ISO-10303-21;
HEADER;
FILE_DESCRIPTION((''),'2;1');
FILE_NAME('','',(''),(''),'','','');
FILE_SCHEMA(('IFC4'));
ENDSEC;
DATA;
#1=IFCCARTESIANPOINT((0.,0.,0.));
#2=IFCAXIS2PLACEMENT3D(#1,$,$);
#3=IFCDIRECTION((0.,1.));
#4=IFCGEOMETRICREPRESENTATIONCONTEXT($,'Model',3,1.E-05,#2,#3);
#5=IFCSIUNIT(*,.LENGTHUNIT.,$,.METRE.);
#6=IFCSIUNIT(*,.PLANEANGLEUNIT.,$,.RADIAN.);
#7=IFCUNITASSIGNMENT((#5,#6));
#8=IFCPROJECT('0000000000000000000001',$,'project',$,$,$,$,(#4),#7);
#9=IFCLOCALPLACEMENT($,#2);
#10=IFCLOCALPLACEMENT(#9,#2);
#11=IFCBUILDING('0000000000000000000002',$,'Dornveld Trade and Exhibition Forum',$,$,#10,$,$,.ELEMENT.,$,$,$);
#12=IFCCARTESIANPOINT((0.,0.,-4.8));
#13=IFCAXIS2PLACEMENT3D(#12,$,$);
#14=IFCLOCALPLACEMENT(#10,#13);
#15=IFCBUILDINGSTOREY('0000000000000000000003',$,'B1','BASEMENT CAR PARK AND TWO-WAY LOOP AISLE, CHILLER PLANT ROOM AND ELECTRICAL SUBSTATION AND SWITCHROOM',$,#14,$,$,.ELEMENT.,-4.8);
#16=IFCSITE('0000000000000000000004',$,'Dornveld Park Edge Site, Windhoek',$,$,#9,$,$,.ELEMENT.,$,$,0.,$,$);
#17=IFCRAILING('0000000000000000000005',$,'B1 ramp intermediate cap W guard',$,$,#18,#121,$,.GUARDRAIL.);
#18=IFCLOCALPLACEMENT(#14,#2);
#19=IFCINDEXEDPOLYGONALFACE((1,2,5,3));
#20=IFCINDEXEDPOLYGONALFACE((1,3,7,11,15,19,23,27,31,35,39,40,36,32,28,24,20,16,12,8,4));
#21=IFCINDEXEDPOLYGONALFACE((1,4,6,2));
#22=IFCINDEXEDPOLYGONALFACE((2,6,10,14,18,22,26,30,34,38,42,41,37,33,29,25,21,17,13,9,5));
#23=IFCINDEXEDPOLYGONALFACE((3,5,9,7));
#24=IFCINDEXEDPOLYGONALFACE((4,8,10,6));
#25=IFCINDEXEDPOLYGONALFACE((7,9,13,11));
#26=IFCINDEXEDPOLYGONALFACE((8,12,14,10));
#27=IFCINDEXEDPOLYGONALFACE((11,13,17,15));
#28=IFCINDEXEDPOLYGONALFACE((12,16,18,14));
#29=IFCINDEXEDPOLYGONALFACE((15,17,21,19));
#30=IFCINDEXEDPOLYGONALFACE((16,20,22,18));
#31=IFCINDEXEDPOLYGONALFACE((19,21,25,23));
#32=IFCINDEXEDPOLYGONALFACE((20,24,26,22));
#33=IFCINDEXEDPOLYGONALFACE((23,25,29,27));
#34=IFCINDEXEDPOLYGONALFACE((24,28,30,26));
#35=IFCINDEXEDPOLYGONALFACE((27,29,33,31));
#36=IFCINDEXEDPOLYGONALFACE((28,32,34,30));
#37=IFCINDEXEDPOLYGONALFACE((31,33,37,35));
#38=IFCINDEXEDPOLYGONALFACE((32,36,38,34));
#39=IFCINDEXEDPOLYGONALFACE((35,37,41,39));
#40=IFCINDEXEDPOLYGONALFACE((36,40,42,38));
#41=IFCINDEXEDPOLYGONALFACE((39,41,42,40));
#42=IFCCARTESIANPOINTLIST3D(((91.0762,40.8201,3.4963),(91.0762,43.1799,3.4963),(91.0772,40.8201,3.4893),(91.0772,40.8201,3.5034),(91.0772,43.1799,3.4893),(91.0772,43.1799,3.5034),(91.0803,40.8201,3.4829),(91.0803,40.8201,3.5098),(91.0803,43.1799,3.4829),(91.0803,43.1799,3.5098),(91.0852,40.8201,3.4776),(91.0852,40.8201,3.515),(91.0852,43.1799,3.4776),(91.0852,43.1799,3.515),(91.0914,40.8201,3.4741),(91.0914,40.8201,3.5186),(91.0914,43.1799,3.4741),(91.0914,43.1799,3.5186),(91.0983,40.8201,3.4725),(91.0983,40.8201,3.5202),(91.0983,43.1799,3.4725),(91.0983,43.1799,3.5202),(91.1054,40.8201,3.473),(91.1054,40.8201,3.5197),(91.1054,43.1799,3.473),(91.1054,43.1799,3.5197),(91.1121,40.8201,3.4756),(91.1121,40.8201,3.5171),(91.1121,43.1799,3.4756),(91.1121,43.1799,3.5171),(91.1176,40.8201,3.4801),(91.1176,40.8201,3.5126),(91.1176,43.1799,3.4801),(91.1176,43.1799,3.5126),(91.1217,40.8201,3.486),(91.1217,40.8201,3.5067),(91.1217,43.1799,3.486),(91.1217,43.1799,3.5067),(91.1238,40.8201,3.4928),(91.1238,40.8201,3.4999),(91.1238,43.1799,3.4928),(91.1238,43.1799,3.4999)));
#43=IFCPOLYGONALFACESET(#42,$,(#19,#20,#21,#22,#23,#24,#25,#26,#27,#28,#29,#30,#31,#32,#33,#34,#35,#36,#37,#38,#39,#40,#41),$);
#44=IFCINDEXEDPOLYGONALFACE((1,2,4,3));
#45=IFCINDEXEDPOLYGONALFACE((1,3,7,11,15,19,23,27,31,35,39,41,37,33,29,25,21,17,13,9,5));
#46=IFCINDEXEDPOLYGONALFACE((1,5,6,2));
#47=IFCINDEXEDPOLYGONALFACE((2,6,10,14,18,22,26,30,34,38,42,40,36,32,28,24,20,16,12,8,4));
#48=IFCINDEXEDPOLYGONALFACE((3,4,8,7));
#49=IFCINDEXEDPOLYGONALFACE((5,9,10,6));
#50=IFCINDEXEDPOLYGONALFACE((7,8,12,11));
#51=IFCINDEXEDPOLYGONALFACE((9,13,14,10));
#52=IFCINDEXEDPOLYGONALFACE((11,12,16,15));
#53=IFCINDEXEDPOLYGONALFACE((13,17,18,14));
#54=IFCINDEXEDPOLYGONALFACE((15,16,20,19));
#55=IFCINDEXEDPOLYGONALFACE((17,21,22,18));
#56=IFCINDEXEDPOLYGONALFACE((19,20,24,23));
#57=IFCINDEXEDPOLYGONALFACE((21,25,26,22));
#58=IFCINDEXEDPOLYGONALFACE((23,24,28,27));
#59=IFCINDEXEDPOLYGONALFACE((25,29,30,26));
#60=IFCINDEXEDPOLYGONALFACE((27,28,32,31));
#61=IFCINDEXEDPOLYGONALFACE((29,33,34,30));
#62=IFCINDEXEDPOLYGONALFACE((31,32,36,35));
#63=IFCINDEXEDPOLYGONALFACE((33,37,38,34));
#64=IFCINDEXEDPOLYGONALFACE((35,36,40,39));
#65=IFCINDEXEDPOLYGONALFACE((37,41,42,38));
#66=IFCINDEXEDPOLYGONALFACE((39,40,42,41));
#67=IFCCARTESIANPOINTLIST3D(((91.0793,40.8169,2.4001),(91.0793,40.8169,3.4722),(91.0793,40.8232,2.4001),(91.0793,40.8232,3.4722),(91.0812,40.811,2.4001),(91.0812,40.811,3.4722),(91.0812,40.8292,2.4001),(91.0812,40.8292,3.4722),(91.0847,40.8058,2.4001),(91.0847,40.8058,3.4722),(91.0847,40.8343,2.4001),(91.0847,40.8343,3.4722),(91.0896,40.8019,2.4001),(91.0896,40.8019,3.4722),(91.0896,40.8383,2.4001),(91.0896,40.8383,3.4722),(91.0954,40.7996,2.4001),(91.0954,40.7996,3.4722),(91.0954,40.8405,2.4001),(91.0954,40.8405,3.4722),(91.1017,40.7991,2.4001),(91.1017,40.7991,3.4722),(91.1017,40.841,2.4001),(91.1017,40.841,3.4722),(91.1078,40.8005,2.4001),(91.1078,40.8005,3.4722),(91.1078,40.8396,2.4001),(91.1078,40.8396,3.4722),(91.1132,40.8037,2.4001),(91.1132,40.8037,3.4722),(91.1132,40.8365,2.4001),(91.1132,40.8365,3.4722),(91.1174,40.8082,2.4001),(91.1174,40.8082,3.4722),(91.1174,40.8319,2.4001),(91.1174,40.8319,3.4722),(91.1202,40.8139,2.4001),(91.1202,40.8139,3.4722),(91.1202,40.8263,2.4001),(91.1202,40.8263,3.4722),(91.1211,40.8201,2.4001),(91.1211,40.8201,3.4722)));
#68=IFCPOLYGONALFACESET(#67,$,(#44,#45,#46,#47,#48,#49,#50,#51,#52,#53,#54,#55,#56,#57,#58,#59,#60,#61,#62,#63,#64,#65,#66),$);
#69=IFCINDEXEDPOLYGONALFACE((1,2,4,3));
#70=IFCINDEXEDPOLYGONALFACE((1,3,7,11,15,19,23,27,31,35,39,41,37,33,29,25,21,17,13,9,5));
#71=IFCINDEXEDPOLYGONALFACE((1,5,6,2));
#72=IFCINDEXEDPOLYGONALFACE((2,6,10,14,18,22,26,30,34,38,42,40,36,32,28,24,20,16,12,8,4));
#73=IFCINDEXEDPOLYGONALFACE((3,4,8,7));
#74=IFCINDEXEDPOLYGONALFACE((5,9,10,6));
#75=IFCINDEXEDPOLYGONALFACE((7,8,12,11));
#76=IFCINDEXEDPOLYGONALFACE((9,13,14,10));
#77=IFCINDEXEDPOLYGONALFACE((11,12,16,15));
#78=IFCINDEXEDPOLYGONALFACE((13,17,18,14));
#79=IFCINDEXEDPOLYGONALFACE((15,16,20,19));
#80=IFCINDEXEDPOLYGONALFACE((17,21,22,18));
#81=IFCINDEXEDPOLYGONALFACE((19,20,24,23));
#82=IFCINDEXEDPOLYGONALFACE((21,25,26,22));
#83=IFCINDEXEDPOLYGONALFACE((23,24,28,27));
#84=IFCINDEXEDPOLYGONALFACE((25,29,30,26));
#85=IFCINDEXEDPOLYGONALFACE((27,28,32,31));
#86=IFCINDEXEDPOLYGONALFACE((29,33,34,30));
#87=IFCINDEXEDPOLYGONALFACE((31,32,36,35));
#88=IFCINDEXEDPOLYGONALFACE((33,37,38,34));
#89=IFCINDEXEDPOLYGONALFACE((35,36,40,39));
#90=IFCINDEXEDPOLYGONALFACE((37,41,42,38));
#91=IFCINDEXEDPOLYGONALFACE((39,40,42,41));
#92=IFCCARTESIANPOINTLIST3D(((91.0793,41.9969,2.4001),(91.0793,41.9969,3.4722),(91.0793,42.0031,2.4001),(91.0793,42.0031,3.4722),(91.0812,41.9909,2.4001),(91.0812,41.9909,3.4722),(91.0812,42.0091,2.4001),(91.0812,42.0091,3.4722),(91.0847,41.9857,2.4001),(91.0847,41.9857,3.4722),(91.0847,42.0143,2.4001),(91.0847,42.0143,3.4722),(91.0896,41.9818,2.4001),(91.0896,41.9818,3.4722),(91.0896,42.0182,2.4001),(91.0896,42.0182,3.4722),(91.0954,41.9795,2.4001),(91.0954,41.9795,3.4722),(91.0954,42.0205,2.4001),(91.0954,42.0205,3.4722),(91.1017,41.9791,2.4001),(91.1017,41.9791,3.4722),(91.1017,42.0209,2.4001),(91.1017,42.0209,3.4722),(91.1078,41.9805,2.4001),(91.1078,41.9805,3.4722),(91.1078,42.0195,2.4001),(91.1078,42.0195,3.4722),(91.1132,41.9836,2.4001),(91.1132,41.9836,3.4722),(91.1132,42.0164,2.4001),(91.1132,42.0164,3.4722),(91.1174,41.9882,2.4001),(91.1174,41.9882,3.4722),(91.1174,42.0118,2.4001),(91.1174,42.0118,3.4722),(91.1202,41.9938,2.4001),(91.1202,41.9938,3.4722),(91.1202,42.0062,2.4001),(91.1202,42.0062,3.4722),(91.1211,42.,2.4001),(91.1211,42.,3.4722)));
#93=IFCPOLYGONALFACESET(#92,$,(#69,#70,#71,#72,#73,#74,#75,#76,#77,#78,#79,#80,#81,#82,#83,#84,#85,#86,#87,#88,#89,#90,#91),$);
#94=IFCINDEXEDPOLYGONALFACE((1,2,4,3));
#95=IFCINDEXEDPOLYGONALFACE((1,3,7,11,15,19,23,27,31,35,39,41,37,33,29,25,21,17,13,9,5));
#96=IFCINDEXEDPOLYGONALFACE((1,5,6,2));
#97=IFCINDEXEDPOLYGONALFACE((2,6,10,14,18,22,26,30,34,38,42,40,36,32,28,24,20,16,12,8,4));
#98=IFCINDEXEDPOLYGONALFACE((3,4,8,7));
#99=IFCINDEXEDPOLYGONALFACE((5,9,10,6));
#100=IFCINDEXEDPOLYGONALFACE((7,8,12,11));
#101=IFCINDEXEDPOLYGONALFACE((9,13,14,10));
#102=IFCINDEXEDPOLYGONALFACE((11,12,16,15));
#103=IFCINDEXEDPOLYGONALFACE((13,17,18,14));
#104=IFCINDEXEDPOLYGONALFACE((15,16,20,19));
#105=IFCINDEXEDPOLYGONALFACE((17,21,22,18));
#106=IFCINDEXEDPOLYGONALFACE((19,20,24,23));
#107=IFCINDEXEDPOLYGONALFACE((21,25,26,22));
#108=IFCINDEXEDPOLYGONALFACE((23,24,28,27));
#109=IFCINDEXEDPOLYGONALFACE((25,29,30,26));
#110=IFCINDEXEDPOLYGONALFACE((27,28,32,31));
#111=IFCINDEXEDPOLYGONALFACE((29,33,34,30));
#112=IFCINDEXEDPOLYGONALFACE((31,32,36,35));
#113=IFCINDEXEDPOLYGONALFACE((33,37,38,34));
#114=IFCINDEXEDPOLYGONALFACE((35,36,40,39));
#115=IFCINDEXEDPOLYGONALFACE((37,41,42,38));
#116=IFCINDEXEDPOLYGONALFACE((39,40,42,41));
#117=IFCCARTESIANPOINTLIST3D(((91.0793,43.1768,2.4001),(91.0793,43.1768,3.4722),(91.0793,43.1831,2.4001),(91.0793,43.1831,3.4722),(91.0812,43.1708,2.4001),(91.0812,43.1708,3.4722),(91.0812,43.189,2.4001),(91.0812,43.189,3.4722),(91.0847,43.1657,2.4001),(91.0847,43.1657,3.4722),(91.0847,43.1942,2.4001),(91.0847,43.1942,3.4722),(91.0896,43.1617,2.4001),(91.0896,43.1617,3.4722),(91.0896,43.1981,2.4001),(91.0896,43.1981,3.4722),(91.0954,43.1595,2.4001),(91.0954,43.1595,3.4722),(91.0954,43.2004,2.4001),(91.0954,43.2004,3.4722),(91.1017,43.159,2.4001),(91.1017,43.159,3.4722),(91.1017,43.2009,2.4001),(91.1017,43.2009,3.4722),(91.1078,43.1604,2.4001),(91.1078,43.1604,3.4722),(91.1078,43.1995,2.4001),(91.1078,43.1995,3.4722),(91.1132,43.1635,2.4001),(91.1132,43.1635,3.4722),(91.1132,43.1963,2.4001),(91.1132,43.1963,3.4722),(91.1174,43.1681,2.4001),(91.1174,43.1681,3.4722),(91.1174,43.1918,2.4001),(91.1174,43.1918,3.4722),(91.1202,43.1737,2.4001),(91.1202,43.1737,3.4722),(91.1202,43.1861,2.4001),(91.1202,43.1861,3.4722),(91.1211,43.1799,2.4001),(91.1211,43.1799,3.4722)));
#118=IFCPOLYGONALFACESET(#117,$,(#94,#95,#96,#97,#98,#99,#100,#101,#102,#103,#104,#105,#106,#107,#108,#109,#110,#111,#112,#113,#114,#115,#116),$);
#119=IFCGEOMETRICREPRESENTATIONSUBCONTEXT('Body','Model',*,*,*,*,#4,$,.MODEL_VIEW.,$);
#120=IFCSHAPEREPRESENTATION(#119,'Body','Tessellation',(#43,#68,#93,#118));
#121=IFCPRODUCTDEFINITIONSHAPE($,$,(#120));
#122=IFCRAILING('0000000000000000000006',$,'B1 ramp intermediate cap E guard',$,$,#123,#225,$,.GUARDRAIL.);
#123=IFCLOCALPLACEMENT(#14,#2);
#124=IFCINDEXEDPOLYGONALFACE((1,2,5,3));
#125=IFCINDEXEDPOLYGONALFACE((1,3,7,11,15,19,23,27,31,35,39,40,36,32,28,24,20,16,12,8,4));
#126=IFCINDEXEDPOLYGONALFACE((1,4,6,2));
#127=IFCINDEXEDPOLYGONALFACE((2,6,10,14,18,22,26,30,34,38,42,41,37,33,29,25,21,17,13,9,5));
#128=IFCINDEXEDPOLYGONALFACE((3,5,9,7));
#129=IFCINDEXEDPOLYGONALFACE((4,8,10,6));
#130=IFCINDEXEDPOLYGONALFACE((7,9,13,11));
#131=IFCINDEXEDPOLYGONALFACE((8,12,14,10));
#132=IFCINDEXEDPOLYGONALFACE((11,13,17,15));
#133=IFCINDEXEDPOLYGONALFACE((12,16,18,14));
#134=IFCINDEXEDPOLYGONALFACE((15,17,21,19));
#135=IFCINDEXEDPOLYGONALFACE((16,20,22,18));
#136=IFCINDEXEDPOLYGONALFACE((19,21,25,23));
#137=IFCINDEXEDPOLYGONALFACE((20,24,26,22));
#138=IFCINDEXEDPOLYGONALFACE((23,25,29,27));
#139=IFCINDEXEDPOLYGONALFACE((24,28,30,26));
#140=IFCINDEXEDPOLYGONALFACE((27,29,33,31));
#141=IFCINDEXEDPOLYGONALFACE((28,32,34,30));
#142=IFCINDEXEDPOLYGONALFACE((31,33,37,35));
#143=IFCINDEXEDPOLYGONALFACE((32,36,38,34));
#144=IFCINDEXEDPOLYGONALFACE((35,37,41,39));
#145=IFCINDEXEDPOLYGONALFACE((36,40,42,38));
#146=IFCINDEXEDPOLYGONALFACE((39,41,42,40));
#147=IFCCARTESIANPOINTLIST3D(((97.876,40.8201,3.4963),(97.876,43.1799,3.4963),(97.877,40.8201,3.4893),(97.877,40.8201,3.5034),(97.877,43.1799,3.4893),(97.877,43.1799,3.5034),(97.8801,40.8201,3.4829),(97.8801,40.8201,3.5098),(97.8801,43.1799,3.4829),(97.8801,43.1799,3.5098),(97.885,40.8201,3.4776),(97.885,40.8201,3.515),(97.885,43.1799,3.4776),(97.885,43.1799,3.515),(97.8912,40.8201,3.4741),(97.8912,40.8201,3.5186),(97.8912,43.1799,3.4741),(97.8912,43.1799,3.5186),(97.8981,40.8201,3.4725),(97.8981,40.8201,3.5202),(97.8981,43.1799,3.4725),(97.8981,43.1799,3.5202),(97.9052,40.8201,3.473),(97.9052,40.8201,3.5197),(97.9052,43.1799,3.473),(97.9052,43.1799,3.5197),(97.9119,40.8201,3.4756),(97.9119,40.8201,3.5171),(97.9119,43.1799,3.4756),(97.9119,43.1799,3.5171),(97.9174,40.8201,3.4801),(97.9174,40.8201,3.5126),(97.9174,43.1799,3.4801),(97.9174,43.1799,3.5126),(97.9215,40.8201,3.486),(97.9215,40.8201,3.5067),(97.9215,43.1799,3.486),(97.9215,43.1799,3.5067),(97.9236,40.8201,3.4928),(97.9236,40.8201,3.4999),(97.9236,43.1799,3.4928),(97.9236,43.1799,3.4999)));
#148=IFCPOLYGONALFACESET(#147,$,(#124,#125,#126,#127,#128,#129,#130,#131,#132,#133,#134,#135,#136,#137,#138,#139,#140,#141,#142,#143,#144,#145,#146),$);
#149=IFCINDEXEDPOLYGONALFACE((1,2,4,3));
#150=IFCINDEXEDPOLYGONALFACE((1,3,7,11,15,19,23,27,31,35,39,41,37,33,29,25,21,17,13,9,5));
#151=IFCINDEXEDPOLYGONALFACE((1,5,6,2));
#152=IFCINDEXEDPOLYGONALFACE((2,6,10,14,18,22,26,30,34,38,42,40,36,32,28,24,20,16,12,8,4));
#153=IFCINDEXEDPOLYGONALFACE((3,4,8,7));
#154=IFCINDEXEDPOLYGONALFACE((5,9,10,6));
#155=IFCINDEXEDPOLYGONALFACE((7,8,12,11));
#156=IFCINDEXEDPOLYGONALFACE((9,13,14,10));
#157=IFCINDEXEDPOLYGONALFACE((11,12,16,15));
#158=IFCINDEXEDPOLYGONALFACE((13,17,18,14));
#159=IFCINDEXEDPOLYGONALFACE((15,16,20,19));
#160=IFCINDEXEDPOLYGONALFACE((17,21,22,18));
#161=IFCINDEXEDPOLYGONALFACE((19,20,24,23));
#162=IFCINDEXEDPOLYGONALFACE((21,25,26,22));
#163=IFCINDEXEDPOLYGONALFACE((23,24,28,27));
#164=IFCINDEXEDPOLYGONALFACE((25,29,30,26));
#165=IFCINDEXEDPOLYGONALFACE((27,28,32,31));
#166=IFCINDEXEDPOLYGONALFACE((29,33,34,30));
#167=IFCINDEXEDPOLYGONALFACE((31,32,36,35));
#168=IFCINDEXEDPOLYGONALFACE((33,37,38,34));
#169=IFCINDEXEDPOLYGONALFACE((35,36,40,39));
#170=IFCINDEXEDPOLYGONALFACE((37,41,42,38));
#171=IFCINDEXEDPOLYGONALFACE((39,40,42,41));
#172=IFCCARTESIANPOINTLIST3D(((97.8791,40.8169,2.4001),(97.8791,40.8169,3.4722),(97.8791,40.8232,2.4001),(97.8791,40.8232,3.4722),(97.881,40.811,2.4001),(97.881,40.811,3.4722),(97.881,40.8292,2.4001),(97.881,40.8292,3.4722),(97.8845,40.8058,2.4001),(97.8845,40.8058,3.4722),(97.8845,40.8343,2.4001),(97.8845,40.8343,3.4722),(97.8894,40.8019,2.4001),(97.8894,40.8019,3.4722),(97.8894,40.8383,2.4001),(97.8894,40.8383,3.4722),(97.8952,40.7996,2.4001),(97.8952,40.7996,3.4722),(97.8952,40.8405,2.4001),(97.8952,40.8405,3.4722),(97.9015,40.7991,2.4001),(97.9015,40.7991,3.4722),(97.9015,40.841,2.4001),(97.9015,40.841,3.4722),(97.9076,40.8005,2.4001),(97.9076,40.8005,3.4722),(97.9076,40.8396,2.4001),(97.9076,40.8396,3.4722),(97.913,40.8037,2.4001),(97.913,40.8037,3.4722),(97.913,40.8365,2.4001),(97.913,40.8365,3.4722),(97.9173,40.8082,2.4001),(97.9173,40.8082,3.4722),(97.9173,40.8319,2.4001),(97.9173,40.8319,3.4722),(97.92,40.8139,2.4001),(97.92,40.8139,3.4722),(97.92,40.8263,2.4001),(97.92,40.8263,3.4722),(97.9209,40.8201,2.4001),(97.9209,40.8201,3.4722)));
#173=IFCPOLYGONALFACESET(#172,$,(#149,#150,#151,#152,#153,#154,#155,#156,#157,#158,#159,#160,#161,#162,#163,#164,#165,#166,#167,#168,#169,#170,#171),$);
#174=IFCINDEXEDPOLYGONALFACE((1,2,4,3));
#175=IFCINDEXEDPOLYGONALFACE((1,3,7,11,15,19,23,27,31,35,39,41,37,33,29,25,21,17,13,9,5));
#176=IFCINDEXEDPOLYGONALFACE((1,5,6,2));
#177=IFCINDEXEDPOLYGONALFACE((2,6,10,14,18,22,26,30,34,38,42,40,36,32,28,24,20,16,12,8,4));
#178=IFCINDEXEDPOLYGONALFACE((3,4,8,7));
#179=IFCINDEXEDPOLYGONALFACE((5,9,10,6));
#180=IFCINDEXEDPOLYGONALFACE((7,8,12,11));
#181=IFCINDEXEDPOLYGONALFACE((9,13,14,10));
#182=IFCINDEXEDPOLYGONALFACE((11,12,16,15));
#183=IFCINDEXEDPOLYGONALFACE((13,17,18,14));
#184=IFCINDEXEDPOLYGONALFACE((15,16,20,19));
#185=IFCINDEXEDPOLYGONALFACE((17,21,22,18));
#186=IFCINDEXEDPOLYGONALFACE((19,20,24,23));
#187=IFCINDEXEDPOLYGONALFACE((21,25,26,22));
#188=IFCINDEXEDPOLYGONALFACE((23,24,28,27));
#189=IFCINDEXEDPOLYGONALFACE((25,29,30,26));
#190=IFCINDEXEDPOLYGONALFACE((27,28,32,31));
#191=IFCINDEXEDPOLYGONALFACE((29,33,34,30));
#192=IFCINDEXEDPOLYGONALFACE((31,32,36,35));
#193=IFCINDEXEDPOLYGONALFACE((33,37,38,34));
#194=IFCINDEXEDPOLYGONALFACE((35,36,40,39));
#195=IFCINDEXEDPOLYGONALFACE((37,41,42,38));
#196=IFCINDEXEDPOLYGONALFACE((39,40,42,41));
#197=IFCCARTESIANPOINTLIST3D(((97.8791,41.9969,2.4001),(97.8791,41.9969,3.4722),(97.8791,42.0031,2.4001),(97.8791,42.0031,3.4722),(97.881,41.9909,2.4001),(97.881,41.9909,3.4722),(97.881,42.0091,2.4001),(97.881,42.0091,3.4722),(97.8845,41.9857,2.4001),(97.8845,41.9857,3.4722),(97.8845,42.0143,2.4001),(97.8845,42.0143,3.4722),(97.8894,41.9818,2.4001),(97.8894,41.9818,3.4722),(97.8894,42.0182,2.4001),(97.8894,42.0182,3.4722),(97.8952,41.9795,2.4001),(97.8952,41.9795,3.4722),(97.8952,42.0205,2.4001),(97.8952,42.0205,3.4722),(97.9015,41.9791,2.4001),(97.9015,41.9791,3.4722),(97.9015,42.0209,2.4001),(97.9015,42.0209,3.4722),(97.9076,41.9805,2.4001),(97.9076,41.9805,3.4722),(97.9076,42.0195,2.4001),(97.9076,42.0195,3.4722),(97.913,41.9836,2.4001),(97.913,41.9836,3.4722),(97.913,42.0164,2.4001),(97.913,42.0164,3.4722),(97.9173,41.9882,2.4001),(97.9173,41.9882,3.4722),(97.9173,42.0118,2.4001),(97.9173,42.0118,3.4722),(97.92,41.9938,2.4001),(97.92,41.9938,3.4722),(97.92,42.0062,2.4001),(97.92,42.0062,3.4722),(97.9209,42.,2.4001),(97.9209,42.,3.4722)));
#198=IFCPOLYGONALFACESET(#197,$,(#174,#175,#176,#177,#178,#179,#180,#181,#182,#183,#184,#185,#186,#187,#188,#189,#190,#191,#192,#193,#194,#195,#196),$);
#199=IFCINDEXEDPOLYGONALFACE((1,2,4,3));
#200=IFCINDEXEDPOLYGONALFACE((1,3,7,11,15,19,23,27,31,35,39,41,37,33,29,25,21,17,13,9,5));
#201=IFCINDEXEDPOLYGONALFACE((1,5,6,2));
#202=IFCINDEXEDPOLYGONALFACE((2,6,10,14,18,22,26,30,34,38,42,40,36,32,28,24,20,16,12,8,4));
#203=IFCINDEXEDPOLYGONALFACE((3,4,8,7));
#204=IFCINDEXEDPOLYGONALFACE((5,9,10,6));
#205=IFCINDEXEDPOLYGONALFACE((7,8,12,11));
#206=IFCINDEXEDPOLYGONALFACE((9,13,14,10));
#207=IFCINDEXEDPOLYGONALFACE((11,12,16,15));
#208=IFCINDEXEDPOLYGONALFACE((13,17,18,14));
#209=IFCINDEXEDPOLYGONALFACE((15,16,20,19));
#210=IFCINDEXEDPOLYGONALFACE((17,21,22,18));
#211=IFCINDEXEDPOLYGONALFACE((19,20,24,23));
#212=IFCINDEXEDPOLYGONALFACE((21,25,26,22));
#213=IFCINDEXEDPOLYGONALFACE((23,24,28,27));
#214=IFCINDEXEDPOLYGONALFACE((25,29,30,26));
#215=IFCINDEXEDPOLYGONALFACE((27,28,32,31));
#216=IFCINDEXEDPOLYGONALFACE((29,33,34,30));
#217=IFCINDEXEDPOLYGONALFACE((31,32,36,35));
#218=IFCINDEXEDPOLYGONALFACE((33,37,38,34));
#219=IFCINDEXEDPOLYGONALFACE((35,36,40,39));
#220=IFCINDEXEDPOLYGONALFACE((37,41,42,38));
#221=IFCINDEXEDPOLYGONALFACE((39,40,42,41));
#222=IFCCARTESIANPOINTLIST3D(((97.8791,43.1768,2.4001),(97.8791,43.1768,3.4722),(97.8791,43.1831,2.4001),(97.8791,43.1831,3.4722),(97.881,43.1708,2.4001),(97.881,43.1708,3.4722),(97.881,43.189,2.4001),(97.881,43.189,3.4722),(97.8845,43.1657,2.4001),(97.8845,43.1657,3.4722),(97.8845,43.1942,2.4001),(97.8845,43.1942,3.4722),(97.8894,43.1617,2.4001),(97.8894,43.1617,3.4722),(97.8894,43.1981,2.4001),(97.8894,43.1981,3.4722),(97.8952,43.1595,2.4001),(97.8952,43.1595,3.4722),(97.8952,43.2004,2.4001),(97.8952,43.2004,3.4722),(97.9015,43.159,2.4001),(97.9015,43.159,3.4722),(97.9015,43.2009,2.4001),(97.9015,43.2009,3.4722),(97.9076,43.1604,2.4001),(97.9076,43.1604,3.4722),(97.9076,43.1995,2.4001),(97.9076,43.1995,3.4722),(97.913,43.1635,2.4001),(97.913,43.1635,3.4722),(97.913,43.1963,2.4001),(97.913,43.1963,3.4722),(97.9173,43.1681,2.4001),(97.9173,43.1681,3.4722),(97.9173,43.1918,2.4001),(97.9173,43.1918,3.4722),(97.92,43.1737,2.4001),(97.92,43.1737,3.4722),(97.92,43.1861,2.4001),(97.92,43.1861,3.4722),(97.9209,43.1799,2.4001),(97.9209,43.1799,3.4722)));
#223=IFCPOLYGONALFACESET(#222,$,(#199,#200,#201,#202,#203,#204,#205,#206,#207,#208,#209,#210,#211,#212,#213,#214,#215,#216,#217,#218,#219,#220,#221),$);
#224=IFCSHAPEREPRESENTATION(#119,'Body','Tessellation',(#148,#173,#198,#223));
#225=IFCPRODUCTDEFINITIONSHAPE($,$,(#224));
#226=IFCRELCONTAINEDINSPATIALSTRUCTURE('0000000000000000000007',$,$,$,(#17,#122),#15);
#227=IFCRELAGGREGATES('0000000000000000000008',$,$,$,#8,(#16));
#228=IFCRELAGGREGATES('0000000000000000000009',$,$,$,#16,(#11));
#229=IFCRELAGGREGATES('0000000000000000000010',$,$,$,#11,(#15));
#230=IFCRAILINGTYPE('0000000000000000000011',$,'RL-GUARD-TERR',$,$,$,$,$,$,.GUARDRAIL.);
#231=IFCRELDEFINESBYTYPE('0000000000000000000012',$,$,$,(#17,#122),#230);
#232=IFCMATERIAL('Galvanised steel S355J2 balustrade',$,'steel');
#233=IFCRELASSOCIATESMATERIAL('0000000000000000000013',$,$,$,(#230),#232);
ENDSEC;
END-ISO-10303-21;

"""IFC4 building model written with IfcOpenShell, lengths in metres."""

from ifc_helpers import new_model, si_unit, direction, frame, origin, origin_2d, place, context, subcontext, project, spatial, circle, extrude, material, type_object, element, save


model = new_model("IFC4")

# Units and contexts
model_context = context("Model", 3, precision=1e-05, world=origin(), true_north=direction((0.0, 1.0)))
body_context = subcontext(model_context, "Body", "Model", "MODEL_VIEW")
ifc_project = project(units=[si_unit("LENGTHUNIT", "METRE"), si_unit("PLANEANGLEUNIT", "RADIAN")], contexts=[model_context])

# Site, building, storey
site_placement = place(None, origin())
site = spatial("IfcSite", under=ifc_project, at=site_placement, Name="Dornveld Park Edge Site, Windhoek", CompositionType="ELEMENT", RefElevation=0.0)
building_placement = place(site_placement, origin())
building = spatial("IfcBuilding", under=site, at=building_placement, Name="Dornveld Trade and Exhibition Forum", CompositionType="ELEMENT")
storey_placement = place(building_placement, frame((0.0, 0.0, -4.8)))
storey = spatial("IfcBuildingStorey", under=building, at=storey_placement, Name="B1", Description="BASEMENT CAR PARK AND TWO-WAY LOOP AISLE, CHILLER PLANT ROOM AND ELECTRICAL SUBSTATION AND SWITCHROOM", CompositionType="ELEMENT", Elevation=-4.8)

# Railings
ifc_material_1 = material(Name="Galvanised steel S355J2 balustrade", Category="steel")
railing_type = type_object("IfcRailingType", Name="RL-GUARD-TERR", PredefinedType="GUARDRAIL", material=ifc_material_1)
for number, where, name in (
    (1, (91.1001, 40.8201, 2.4001), "B1 ramp intermediate cap W guard"),
    (2, (97.8999, 40.8201, 2.4001), "B1 ramp intermediate cap E guard"),
):
    element("IfcRailing", number, at=place(storey_placement, frame(where)), inside=storey, type_object=railing_type, Name=name, PredefinedType="GUARDRAIL", context=body_context, shape_type="SweptSolid", body=[
        extrude(circle(Radius=0.0239, at=origin_2d()), frame((0.0, 0.0, 1.0962), z_axis=(0.0, 1.0, 0.0), x_axis=(-1.0, 0.0, 0.0)), (0.0, 0.0, 1.0), 2.3599),
        extrude(circle(Radius=0.021, at=origin_2d()), origin(), (0.0, 0.0, 1.0), 1.072),
        extrude(circle(Radius=0.021, at=origin_2d()), frame((0.0, 1.1799, 0.0)), (0.0, 0.0, 1.0), 1.072),
        extrude(circle(Radius=0.021, at=origin_2d()), frame((0.0, 2.3599, 0.0)), (0.0, 0.0, 1.0), 1.072),
    ])

save(model, "model.ifc")
